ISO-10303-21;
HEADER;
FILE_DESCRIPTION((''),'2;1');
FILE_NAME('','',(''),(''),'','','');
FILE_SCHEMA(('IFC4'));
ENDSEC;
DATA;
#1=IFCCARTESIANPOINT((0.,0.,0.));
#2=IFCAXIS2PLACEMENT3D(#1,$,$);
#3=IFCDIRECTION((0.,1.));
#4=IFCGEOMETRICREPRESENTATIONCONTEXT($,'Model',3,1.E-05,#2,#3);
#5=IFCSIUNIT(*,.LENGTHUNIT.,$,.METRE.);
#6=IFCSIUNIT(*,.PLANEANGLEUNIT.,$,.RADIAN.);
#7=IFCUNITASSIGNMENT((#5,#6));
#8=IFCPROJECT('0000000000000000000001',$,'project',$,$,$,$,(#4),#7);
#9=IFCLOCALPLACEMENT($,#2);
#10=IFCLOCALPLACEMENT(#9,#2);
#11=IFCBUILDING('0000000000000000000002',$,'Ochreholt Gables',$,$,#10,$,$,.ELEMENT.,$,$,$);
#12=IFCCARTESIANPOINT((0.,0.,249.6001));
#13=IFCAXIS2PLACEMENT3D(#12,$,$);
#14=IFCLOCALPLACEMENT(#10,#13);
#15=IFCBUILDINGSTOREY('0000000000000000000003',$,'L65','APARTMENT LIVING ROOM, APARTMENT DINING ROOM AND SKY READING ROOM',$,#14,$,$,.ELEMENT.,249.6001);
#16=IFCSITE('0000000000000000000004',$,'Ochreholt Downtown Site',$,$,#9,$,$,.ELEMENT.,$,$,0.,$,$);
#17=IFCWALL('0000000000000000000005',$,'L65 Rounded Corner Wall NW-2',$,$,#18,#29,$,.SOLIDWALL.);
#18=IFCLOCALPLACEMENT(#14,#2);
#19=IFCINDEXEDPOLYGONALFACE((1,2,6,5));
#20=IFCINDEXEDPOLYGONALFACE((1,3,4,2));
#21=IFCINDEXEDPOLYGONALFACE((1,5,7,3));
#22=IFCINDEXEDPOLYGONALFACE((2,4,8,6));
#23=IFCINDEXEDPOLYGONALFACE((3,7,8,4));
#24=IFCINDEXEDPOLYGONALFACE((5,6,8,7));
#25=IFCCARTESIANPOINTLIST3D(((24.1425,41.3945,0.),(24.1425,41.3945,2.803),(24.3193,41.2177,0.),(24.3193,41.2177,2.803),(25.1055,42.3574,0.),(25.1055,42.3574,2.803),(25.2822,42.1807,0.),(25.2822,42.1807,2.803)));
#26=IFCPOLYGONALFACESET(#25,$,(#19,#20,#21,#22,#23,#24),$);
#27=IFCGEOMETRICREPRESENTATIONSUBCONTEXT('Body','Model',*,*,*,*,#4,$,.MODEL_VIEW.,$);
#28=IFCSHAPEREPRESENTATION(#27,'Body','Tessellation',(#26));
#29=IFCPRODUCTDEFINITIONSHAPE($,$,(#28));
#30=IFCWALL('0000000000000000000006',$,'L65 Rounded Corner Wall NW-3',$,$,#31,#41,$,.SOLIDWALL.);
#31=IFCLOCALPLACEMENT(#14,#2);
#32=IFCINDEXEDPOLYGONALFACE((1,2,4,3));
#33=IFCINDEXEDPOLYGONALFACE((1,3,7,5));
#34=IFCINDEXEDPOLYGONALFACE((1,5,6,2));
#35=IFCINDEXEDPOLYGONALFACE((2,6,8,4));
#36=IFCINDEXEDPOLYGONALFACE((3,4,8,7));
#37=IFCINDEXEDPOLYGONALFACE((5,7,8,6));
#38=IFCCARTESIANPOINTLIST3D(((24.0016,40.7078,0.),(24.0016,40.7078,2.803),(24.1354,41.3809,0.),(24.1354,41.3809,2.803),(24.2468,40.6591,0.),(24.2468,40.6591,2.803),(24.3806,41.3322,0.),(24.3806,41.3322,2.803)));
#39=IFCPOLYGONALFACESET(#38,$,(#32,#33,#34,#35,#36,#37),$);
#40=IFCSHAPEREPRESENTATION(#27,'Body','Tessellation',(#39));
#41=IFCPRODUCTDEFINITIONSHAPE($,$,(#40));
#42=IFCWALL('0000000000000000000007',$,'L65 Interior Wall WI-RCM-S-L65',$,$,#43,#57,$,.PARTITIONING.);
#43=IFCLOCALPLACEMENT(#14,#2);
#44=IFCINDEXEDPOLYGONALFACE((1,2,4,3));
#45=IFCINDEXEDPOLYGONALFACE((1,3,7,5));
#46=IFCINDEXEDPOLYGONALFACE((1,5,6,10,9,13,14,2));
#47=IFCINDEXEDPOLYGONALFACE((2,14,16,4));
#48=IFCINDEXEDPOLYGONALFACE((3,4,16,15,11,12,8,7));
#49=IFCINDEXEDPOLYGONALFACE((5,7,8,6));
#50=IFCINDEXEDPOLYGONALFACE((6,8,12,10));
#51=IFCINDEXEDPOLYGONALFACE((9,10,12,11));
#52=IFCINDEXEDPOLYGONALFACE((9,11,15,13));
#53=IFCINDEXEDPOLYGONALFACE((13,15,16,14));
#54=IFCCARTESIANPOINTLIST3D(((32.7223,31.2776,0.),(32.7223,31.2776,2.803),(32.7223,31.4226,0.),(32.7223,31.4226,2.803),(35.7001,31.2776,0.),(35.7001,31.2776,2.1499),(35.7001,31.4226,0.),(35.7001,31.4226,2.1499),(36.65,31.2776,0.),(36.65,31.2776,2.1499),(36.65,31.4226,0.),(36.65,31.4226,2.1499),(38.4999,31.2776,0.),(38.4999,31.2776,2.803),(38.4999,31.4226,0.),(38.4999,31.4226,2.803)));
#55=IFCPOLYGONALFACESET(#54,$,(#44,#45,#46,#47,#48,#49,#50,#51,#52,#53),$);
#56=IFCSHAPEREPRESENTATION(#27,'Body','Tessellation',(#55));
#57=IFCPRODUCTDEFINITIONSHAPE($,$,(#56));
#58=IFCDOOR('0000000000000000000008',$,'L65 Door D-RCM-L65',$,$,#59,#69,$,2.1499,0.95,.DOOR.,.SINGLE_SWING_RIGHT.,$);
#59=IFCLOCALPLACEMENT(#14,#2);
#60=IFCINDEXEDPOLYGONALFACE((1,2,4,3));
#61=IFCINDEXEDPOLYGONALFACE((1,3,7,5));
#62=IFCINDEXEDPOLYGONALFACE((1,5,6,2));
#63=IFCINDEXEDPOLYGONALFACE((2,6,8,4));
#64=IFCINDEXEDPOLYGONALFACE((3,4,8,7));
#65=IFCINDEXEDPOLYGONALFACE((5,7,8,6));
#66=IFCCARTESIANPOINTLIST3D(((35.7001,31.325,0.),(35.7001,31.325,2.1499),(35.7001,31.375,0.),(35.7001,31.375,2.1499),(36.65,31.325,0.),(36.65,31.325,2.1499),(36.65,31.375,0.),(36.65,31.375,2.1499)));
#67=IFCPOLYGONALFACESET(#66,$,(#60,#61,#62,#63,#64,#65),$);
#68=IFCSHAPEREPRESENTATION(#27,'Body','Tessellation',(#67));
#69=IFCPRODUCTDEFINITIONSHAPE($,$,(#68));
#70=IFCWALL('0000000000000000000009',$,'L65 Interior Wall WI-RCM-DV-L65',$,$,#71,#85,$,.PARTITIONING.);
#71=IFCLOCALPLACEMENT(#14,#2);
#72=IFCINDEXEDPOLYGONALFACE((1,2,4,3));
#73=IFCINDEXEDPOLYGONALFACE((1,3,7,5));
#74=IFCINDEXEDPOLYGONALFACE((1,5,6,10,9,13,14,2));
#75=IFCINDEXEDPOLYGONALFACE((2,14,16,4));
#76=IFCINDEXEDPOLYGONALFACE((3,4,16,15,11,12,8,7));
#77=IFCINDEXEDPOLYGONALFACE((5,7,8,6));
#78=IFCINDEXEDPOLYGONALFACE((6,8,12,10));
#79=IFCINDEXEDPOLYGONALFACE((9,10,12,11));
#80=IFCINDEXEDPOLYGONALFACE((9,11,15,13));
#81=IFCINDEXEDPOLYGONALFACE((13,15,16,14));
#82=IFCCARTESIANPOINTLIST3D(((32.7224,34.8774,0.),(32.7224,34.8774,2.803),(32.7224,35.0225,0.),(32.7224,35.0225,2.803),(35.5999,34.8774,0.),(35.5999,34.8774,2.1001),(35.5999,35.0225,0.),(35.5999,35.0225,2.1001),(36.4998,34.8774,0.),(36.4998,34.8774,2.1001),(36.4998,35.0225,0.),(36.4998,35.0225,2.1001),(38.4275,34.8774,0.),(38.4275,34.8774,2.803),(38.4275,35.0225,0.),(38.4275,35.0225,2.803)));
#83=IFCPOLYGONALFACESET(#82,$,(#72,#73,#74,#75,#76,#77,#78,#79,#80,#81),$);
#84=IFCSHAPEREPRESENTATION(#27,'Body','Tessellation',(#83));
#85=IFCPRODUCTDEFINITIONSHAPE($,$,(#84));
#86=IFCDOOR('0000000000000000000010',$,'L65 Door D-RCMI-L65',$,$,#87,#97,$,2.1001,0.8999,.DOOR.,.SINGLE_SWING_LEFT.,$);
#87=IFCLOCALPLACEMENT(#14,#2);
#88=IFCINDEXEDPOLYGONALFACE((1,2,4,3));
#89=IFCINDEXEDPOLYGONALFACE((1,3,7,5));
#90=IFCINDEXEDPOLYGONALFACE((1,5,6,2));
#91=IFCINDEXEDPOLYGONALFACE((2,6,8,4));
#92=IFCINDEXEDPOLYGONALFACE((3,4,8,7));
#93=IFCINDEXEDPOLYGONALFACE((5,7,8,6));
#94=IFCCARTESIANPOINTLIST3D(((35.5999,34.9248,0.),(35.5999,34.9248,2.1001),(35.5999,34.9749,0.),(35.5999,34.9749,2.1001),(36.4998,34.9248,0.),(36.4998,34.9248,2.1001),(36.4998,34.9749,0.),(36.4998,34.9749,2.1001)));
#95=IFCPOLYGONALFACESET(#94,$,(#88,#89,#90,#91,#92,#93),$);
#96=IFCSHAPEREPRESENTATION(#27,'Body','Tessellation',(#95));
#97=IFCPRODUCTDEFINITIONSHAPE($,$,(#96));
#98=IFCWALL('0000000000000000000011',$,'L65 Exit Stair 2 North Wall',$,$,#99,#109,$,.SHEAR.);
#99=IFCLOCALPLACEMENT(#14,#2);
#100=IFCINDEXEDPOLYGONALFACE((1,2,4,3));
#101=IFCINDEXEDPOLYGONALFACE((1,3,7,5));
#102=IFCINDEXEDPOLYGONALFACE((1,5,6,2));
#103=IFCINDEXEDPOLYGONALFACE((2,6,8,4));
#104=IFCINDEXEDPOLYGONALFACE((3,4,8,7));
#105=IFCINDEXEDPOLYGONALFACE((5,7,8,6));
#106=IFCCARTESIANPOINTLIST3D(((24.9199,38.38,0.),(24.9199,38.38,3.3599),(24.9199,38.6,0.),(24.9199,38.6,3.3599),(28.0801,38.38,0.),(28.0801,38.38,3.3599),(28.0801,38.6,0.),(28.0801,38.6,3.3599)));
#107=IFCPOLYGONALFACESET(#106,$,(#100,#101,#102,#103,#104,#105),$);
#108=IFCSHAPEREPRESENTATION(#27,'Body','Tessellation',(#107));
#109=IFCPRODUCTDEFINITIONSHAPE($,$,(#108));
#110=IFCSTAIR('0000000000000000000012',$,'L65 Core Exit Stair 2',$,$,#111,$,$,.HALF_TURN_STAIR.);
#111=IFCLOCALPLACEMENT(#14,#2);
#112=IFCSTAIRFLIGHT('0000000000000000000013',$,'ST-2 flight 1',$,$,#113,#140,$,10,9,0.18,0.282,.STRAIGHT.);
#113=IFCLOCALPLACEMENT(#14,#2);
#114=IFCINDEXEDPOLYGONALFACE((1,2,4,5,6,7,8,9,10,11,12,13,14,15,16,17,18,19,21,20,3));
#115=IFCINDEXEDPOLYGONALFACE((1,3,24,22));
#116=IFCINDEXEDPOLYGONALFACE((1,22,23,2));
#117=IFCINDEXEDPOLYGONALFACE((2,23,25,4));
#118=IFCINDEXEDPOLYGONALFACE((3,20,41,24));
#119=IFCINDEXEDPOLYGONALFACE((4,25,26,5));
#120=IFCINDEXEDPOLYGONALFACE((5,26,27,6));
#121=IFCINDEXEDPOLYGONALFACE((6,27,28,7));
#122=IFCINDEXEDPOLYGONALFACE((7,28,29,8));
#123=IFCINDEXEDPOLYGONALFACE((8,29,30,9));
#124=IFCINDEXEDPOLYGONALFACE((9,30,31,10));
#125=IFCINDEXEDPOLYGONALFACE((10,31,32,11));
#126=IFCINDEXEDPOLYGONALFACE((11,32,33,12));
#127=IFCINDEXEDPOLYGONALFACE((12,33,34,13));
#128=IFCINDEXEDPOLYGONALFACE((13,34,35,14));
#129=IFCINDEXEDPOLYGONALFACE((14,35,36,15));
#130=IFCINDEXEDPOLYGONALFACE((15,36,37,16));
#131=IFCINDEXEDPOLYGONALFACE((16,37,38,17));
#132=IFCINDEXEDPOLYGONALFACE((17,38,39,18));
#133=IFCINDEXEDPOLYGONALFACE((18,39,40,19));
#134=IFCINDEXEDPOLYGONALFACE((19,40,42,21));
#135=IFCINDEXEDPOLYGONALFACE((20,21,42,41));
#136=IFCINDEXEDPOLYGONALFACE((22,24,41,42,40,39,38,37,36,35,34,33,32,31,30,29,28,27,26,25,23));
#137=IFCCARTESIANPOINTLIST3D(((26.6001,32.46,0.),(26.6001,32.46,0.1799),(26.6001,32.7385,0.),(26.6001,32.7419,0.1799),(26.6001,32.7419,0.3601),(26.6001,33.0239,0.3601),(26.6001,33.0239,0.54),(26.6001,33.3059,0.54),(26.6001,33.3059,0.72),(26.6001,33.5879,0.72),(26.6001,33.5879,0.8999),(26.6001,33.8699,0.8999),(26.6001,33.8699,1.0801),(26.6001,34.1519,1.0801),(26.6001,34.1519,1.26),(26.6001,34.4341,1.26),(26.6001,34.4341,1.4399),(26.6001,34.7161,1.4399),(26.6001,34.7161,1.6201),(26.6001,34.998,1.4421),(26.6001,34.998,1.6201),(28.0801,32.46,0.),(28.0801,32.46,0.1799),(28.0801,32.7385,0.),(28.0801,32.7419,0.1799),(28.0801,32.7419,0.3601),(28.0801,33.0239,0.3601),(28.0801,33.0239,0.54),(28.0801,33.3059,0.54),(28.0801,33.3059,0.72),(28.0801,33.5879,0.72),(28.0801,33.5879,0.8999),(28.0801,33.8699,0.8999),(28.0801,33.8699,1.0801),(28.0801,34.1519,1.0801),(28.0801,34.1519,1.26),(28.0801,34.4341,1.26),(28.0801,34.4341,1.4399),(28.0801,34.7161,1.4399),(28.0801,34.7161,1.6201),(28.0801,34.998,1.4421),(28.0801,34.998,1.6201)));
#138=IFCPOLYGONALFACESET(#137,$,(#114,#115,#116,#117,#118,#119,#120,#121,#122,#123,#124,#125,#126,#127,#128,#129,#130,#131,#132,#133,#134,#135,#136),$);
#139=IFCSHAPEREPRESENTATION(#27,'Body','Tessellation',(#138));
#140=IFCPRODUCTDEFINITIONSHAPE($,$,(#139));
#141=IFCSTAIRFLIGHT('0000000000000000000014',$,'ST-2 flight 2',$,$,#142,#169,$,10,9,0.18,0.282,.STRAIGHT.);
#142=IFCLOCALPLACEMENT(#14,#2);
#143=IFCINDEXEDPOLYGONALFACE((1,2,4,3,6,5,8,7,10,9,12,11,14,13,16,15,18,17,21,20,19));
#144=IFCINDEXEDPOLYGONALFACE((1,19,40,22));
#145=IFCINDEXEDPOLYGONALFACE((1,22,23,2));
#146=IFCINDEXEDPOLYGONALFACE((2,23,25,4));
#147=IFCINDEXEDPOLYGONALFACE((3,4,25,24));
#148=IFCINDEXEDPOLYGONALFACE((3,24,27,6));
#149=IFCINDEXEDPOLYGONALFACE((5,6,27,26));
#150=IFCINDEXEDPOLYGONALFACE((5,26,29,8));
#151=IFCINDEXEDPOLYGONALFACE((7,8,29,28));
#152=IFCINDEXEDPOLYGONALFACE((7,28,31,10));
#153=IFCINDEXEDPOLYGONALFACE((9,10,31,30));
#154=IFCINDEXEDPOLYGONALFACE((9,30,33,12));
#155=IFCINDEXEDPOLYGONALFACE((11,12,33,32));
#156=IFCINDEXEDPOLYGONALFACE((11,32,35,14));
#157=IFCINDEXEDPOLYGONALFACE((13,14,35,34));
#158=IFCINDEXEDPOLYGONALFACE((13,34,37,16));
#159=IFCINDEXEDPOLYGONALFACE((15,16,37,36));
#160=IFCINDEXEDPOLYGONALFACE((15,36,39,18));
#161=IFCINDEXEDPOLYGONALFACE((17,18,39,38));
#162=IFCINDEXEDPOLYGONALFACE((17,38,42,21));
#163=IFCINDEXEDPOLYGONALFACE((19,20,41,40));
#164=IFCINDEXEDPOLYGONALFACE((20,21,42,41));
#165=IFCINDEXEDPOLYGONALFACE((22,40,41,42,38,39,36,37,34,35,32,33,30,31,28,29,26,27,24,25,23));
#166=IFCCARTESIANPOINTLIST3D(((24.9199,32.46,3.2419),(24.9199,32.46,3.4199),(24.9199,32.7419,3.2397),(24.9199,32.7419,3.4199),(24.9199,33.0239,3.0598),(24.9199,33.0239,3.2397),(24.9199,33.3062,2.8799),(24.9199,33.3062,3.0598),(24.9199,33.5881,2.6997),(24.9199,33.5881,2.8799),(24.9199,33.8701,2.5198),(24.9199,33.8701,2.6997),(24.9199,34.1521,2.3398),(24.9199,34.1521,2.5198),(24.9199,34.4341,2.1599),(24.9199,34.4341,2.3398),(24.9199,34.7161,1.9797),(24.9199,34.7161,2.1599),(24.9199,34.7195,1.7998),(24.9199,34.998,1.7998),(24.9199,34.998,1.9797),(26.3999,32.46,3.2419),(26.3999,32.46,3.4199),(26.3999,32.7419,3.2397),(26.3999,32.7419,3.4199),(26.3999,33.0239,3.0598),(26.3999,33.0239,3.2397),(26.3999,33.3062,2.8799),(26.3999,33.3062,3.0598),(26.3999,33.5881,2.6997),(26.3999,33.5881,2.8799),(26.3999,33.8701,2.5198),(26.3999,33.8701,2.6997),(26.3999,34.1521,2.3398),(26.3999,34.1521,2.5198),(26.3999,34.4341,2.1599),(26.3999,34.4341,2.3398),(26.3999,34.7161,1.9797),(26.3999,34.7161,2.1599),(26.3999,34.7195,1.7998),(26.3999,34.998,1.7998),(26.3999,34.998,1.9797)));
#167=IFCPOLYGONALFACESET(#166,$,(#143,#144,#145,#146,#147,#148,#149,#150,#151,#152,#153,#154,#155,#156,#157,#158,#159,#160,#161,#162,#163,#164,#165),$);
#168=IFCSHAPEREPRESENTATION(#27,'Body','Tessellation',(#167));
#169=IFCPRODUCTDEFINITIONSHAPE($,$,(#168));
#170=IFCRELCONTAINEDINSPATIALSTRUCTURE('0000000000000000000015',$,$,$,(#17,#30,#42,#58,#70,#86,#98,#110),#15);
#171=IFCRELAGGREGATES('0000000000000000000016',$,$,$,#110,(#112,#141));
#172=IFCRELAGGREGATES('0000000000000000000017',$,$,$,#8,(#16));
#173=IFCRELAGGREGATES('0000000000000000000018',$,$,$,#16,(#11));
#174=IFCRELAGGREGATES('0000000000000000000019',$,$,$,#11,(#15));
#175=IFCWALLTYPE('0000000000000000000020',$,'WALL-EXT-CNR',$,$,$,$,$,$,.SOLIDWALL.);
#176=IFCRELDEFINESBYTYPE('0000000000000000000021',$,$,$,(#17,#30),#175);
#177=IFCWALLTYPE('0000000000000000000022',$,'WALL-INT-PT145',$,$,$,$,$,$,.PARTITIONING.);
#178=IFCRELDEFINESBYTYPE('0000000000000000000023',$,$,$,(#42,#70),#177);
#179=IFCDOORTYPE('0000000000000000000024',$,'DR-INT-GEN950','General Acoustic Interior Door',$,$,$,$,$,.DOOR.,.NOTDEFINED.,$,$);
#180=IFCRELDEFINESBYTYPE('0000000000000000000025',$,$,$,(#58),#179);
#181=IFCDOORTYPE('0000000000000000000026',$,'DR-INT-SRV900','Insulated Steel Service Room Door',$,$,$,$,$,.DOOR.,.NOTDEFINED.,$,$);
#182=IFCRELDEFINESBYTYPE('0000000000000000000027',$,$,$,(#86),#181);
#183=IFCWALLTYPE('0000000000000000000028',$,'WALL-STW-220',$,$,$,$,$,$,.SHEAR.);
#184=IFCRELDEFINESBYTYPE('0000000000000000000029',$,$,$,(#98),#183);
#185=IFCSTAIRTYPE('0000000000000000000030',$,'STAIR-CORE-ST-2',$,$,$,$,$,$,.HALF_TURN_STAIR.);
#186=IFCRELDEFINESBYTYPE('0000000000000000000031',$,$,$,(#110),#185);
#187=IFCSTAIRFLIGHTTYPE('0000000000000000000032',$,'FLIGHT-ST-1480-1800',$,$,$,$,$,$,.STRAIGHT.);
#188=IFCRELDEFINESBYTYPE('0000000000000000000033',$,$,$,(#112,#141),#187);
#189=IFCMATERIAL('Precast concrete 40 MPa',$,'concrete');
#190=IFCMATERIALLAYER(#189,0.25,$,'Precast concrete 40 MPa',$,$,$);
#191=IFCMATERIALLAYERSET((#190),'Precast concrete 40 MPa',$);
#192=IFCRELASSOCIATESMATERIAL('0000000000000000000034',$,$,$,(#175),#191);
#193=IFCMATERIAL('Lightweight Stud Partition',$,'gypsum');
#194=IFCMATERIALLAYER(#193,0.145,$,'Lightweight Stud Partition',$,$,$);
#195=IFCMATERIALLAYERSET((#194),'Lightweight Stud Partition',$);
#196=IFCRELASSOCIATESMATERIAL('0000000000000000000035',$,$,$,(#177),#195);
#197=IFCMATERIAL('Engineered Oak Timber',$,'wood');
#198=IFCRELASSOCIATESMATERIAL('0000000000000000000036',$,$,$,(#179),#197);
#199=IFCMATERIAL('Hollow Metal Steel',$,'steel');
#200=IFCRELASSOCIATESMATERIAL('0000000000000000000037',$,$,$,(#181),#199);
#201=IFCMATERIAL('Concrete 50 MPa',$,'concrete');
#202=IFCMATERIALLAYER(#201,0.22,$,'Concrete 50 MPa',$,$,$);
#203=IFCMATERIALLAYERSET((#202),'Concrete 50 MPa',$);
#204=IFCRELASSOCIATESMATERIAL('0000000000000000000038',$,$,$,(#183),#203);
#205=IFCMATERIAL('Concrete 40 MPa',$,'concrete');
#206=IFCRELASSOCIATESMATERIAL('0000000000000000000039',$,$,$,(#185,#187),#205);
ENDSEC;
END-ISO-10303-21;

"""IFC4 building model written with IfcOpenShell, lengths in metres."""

from ifc_helpers import new_model, si_unit, direction, frame, frame_2d, origin, place, context, subcontext, project, spatial, polyline, rectangle, outline, extrude, material, layer, layer_set, type_object, element, fill, aggregate, save


model = new_model("IFC4")

# Units and contexts
model_context = context("Model", 3, precision=1e-05, world=origin(), true_north=direction((0.0, 1.0)))
body_context = subcontext(model_context, "Body", "Model", "MODEL_VIEW")
ifc_project = project(units=[si_unit("LENGTHUNIT", "METRE"), si_unit("PLANEANGLEUNIT", "RADIAN")], contexts=[model_context])

# Site, building, storey
site_placement = place(None, origin())
site = spatial("IfcSite", under=ifc_project, at=site_placement, Name="Ochreholt Downtown Site", CompositionType="ELEMENT", RefElevation=0.0)
building_placement = place(site_placement, origin())
building = spatial("IfcBuilding", under=site, at=building_placement, Name="Ochreholt Gables", CompositionType="ELEMENT")
storey_placement = place(building_placement, frame((0.0, 0.0, 249.6001)))
storey = spatial("IfcBuildingStorey", under=building, at=storey_placement, Name="L65", Description="APARTMENT LIVING ROOM, APARTMENT DINING ROOM AND SKY READING ROOM", CompositionType="ELEMENT", Elevation=249.6001)

# Shared definitions
ifc_material_1 = material(Name="Concrete 50 MPa", Category="concrete")

# Shared definitions
ifc_material_2 = material(Name="Hollow Metal Steel", Category="steel")

# Shared definitions
ifc_material_3 = material(Name="Precast concrete 40 MPa", Category="concrete")

# Walls
ifc_layer_1 = layer(ifc_material_3, 0.25, Name="Precast concrete 40 MPa")
ifc_layer_set_1 = layer_set([ifc_layer_1], Name="Precast concrete 40 MPa")
wall_type_1 = type_object("IfcWallType", Name="WALL-EXT-CNR", PredefinedType="SOLIDWALL", material=ifc_layer_set_1)
wall_1_placement = place(storey_placement, frame((25.1938, 42.269, 0.0), z_axis=(0.0, 0.0, 1.0), x_axis=(-0.707107, -0.707107, 0.0)))
element("IfcWall", 1, at=wall_1_placement, inside=storey, type_object=wall_type_1, Name="L65 Rounded Corner Wall NW-2", PredefinedType="SOLIDWALL", context=body_context, shape_type="SweptSolid", body=[
    extrude(rectangle(XDim=1.3618, YDim=0.25, at=frame_2d((0.6809, 0.0))), origin(), (0.0, 0.0, 1.0), 2.803),
])
wall_2_placement = place(storey_placement, frame((24.2581, 41.3567, 0.0), z_axis=(0.0, 0.0, 1.0), x_axis=(-0.194953, -0.980813, 0.0)))
element("IfcWall", 2, at=wall_2_placement, inside=storey, type_object=wall_type_1, Name="L65 Rounded Corner Wall NW-3", PredefinedType="SOLIDWALL", context=body_context, shape_type="SweptSolid", body=[
    extrude(rectangle(XDim=0.6863, YDim=0.25, at=frame_2d((0.3433, 0.0))), origin(), (0.0, 0.0, 1.0), 2.803),
])

# Walls, openings, doors
ifc_material_4 = material(Name="Lightweight Stud Partition", Category="gypsum")
ifc_layer_2 = layer(ifc_material_4, 0.145, Name="Lightweight Stud Partition")
ifc_layer_set_2 = layer_set([ifc_layer_2], Name="Lightweight Stud Partition")
wall_type_2 = type_object("IfcWallType", Name="WALL-INT-PT145", PredefinedType="PARTITIONING", material=ifc_layer_set_2)
wall_3_placement = place(storey_placement, frame((32.7224, 31.3501, 0.0), z_axis=(0.0, 0.0, 1.0), x_axis=(1.0, 0.0, 0.0)))
wall_3 = element("IfcWall", 3, at=wall_3_placement, inside=storey, type_object=wall_type_2, Name="L65 Interior Wall WI-RCM-S-L65", PredefinedType="PARTITIONING", context=body_context, shape_type="SweptSolid", body=[
    extrude(rectangle(XDim=5.7776, YDim=0.145, at=frame_2d((2.8887, 0.0))), origin(), (0.0, 0.0, 1.0), 2.803),
])
opening_1_placement = place(wall_3_placement, frame((2.9775, 0.0, 0.0)))
opening_1 = element("IfcOpeningElement", 4, at=opening_1_placement, cuts=wall_3, PredefinedType="OPENING", context=body_context, shape_type="SweptSolid", body=[
    extrude(rectangle(XDim=0.95, YDim=2.1499, at=frame_2d((0.4751, 1.075))), frame((0.0, 0.0825, 0.0), z_axis=(0.0, -1.0, 0.0), x_axis=(1.0, 0.0, 0.0)), (0.0, 0.0, 1.0), 0.165),
])
ifc_material_5 = material(Name="Engineered Oak Timber", Category="wood")
door_type_1 = type_object("IfcDoorType", Name="DR-INT-GEN950", Description="General Acoustic Interior Door", OperationType="NOTDEFINED", PredefinedType="DOOR", material=ifc_material_5)
door_1_placement = place(opening_1_placement, origin())
door_1 = element("IfcDoor", 5, at=door_1_placement, inside=storey, type_object=door_type_1, Name="L65 Door D-RCM-L65", OperationType="SINGLE_SWING_RIGHT", OverallHeight=2.1499, OverallWidth=0.95, PredefinedType="DOOR", context=body_context, shape_type="SweptSolid", body=[
    extrude(rectangle(XDim=0.95, YDim=2.1499, at=frame_2d((0.4751, 1.075))), frame((0.0, 0.0249, 0.0), z_axis=(0.0, -1.0, 0.0), x_axis=(1.0, 0.0, 0.0)), (0.0, 0.0, 1.0), 0.05),
])
fill(opening_1, door_1)
wall_4_placement = place(storey_placement, frame((32.7224, 34.95, 0.0), z_axis=(0.0, 0.0, 1.0), x_axis=(1.0, 0.0, 0.0)))
wall_4 = element("IfcWall", 6, at=wall_4_placement, inside=storey, type_object=wall_type_2, Name="L65 Interior Wall WI-RCM-DV-L65", PredefinedType="PARTITIONING", context=body_context, shape_type="SweptSolid", body=[
    extrude(rectangle(XDim=5.7051, YDim=0.145, at=frame_2d((2.8525, 0.0))), origin(), (0.0, 0.0, 1.0), 2.803),
])
opening_2_placement = place(wall_4_placement, frame((2.8774, 0.0, 0.0)))
opening_2 = element("IfcOpeningElement", 7, at=opening_2_placement, cuts=wall_4, PredefinedType="OPENING", context=body_context, shape_type="SweptSolid", body=[
    extrude(rectangle(XDim=0.8999, YDim=2.1001, at=frame_2d((0.45, 1.05))), frame((0.0, 0.0825, 0.0), z_axis=(0.0, -1.0, 0.0), x_axis=(1.0, 0.0, 0.0)), (0.0, 0.0, 1.0), 0.165),
])
door_type_2 = type_object("IfcDoorType", Name="DR-INT-SRV900", Description="Insulated Steel Service Room Door", OperationType="NOTDEFINED", PredefinedType="DOOR", material=ifc_material_2)
door_2_placement = place(opening_2_placement, origin())
door_2 = element("IfcDoor", 8, at=door_2_placement, inside=storey, type_object=door_type_2, Name="L65 Door D-RCMI-L65", OperationType="SINGLE_SWING_LEFT", OverallHeight=2.1001, OverallWidth=0.8999, PredefinedType="DOOR", context=body_context, shape_type="SweptSolid", body=[
    extrude(rectangle(XDim=0.8999, YDim=2.1001, at=frame_2d((0.45, 1.05))), frame((0.0, 0.0249, 0.0), z_axis=(0.0, -1.0, 0.0), x_axis=(1.0, 0.0, 0.0)), (0.0, 0.0, 1.0), 0.05),
])
fill(opening_2, door_2)

# Wall
ifc_layer_3 = layer(ifc_material_1, 0.22, Name="Concrete 50 MPa")
ifc_layer_set_3 = layer_set([ifc_layer_3], Name="Concrete 50 MPa")
wall_type_3 = type_object("IfcWallType", Name="WALL-STW-220", PredefinedType="SHEAR", material=ifc_layer_set_3)
wall_5_placement = place(storey_placement, frame((24.9199, 38.49, 0.0), z_axis=(0.0, 0.0, 1.0), x_axis=(1.0, 0.0, 0.0)))
element("IfcWall", 9, at=wall_5_placement, inside=storey, type_object=wall_type_3, Name="L65 Exit Stair 2 North Wall", PredefinedType="SHEAR", context=body_context, shape_type="SweptSolid", body=[
    extrude(rectangle(XDim=3.1602, YDim=0.22, at=frame_2d((1.5801, 0.0))), origin(), (0.0, 0.0, 1.0), 3.3599),
])

# Stair, stair flights
ifc_material_6 = material(Name="Concrete 40 MPa", Category="concrete")
stair_type = type_object("IfcStairType", Name="STAIR-CORE-ST-2", PredefinedType="HALF_TURN_STAIR", material=ifc_material_6)
stair_placement = place(storey_placement, origin())
stair = element("IfcStair", 10, at=stair_placement, inside=storey, type_object=stair_type, Name="L65 Core Exit Stair 2", PredefinedType="HALF_TURN_STAIR")
stair_flight_type = type_object("IfcStairFlightType", Name="FLIGHT-ST-1480-1800", PredefinedType="STRAIGHT", material=ifc_material_6)
stair_flight_1_placement = place(storey_placement, frame((27.3401, 32.46, 0.0), z_axis=(0.0, 0.0, 1.0), x_axis=(0.0, 1.0, 0.0)))
stair_flight_1 = element("IfcStairFlight", 11, at=stair_flight_1_placement, type_object=stair_flight_type, Name="ST-2 flight 1", NumberOfRisers=10, NumberOfTreads=9, PredefinedType="STRAIGHT", RiserHeight=0.18, TreadLength=0.282, context=body_context, shape_type="SweptSolid", body=[
    extrude(outline(polyline([(0.0, 0.0), (0.0, 0.1799), (0.282, 0.1799), (0.282, 0.3601), (0.564, 0.3601), (0.564, 0.54), (0.8459, 0.54), (0.8459, 0.72), (1.1279, 0.72), (1.1279, 0.8999), (1.4099, 0.8999), (1.4099, 1.0801), (1.6919, 1.0801), (1.6919, 1.26), (1.9741, 1.26), (1.9741, 1.4399), (2.2561, 1.4399), (2.2561, 1.6201), (2.5381, 1.6201), (2.5381, 1.8), (2.5381, 1.4421), (0.2786, 0.0), (0.0, 0.0)])), frame((0.0, 0.74, 0.0), z_axis=(0.0, -1.0, 0.0), x_axis=(1.0, 0.0, 0.0)), (0.0, 0.0, 1.0), 1.48),
])
stair_flight_2_placement = place(storey_placement, frame((25.6599, 34.998, 1.7998), z_axis=(0.0, 0.0, 1.0), x_axis=(0.0, -1.0, 0.0)))
stair_flight_2 = element("IfcStairFlight", 12, at=stair_flight_2_placement, type_object=stair_flight_type, Name="ST-2 flight 2", NumberOfRisers=10, NumberOfTreads=9, PredefinedType="STRAIGHT", RiserHeight=0.18, TreadLength=0.282, context=body_context, shape_type="SweptSolid", body=[
    extrude(outline(polyline([(0.0, 0.0), (0.0, 0.1799), (0.282, 0.1799), (0.282, 0.3601), (0.564, 0.3601), (0.564, 0.54), (0.8459, 0.54), (0.8459, 0.72), (1.1279, 0.72), (1.1279, 0.8999), (1.4099, 0.8999), (1.4099, 1.0801), (1.6919, 1.0801), (1.6919, 1.26), (1.9741, 1.26), (1.9741, 1.4399), (2.2561, 1.4399), (2.2561, 1.6201), (2.5381, 1.6201), (2.5381, 1.8), (2.5381, 1.4421), (0.2786, 0.0), (0.0, 0.0)])), frame((0.0, 0.74, 0.0), z_axis=(0.0, -1.0, 0.0), x_axis=(1.0, 0.0, 0.0)), (0.0, 0.0, 1.0), 1.48),
])
aggregate(stair, [stair_flight_1, stair_flight_2])

save(model, "model.ifc")
